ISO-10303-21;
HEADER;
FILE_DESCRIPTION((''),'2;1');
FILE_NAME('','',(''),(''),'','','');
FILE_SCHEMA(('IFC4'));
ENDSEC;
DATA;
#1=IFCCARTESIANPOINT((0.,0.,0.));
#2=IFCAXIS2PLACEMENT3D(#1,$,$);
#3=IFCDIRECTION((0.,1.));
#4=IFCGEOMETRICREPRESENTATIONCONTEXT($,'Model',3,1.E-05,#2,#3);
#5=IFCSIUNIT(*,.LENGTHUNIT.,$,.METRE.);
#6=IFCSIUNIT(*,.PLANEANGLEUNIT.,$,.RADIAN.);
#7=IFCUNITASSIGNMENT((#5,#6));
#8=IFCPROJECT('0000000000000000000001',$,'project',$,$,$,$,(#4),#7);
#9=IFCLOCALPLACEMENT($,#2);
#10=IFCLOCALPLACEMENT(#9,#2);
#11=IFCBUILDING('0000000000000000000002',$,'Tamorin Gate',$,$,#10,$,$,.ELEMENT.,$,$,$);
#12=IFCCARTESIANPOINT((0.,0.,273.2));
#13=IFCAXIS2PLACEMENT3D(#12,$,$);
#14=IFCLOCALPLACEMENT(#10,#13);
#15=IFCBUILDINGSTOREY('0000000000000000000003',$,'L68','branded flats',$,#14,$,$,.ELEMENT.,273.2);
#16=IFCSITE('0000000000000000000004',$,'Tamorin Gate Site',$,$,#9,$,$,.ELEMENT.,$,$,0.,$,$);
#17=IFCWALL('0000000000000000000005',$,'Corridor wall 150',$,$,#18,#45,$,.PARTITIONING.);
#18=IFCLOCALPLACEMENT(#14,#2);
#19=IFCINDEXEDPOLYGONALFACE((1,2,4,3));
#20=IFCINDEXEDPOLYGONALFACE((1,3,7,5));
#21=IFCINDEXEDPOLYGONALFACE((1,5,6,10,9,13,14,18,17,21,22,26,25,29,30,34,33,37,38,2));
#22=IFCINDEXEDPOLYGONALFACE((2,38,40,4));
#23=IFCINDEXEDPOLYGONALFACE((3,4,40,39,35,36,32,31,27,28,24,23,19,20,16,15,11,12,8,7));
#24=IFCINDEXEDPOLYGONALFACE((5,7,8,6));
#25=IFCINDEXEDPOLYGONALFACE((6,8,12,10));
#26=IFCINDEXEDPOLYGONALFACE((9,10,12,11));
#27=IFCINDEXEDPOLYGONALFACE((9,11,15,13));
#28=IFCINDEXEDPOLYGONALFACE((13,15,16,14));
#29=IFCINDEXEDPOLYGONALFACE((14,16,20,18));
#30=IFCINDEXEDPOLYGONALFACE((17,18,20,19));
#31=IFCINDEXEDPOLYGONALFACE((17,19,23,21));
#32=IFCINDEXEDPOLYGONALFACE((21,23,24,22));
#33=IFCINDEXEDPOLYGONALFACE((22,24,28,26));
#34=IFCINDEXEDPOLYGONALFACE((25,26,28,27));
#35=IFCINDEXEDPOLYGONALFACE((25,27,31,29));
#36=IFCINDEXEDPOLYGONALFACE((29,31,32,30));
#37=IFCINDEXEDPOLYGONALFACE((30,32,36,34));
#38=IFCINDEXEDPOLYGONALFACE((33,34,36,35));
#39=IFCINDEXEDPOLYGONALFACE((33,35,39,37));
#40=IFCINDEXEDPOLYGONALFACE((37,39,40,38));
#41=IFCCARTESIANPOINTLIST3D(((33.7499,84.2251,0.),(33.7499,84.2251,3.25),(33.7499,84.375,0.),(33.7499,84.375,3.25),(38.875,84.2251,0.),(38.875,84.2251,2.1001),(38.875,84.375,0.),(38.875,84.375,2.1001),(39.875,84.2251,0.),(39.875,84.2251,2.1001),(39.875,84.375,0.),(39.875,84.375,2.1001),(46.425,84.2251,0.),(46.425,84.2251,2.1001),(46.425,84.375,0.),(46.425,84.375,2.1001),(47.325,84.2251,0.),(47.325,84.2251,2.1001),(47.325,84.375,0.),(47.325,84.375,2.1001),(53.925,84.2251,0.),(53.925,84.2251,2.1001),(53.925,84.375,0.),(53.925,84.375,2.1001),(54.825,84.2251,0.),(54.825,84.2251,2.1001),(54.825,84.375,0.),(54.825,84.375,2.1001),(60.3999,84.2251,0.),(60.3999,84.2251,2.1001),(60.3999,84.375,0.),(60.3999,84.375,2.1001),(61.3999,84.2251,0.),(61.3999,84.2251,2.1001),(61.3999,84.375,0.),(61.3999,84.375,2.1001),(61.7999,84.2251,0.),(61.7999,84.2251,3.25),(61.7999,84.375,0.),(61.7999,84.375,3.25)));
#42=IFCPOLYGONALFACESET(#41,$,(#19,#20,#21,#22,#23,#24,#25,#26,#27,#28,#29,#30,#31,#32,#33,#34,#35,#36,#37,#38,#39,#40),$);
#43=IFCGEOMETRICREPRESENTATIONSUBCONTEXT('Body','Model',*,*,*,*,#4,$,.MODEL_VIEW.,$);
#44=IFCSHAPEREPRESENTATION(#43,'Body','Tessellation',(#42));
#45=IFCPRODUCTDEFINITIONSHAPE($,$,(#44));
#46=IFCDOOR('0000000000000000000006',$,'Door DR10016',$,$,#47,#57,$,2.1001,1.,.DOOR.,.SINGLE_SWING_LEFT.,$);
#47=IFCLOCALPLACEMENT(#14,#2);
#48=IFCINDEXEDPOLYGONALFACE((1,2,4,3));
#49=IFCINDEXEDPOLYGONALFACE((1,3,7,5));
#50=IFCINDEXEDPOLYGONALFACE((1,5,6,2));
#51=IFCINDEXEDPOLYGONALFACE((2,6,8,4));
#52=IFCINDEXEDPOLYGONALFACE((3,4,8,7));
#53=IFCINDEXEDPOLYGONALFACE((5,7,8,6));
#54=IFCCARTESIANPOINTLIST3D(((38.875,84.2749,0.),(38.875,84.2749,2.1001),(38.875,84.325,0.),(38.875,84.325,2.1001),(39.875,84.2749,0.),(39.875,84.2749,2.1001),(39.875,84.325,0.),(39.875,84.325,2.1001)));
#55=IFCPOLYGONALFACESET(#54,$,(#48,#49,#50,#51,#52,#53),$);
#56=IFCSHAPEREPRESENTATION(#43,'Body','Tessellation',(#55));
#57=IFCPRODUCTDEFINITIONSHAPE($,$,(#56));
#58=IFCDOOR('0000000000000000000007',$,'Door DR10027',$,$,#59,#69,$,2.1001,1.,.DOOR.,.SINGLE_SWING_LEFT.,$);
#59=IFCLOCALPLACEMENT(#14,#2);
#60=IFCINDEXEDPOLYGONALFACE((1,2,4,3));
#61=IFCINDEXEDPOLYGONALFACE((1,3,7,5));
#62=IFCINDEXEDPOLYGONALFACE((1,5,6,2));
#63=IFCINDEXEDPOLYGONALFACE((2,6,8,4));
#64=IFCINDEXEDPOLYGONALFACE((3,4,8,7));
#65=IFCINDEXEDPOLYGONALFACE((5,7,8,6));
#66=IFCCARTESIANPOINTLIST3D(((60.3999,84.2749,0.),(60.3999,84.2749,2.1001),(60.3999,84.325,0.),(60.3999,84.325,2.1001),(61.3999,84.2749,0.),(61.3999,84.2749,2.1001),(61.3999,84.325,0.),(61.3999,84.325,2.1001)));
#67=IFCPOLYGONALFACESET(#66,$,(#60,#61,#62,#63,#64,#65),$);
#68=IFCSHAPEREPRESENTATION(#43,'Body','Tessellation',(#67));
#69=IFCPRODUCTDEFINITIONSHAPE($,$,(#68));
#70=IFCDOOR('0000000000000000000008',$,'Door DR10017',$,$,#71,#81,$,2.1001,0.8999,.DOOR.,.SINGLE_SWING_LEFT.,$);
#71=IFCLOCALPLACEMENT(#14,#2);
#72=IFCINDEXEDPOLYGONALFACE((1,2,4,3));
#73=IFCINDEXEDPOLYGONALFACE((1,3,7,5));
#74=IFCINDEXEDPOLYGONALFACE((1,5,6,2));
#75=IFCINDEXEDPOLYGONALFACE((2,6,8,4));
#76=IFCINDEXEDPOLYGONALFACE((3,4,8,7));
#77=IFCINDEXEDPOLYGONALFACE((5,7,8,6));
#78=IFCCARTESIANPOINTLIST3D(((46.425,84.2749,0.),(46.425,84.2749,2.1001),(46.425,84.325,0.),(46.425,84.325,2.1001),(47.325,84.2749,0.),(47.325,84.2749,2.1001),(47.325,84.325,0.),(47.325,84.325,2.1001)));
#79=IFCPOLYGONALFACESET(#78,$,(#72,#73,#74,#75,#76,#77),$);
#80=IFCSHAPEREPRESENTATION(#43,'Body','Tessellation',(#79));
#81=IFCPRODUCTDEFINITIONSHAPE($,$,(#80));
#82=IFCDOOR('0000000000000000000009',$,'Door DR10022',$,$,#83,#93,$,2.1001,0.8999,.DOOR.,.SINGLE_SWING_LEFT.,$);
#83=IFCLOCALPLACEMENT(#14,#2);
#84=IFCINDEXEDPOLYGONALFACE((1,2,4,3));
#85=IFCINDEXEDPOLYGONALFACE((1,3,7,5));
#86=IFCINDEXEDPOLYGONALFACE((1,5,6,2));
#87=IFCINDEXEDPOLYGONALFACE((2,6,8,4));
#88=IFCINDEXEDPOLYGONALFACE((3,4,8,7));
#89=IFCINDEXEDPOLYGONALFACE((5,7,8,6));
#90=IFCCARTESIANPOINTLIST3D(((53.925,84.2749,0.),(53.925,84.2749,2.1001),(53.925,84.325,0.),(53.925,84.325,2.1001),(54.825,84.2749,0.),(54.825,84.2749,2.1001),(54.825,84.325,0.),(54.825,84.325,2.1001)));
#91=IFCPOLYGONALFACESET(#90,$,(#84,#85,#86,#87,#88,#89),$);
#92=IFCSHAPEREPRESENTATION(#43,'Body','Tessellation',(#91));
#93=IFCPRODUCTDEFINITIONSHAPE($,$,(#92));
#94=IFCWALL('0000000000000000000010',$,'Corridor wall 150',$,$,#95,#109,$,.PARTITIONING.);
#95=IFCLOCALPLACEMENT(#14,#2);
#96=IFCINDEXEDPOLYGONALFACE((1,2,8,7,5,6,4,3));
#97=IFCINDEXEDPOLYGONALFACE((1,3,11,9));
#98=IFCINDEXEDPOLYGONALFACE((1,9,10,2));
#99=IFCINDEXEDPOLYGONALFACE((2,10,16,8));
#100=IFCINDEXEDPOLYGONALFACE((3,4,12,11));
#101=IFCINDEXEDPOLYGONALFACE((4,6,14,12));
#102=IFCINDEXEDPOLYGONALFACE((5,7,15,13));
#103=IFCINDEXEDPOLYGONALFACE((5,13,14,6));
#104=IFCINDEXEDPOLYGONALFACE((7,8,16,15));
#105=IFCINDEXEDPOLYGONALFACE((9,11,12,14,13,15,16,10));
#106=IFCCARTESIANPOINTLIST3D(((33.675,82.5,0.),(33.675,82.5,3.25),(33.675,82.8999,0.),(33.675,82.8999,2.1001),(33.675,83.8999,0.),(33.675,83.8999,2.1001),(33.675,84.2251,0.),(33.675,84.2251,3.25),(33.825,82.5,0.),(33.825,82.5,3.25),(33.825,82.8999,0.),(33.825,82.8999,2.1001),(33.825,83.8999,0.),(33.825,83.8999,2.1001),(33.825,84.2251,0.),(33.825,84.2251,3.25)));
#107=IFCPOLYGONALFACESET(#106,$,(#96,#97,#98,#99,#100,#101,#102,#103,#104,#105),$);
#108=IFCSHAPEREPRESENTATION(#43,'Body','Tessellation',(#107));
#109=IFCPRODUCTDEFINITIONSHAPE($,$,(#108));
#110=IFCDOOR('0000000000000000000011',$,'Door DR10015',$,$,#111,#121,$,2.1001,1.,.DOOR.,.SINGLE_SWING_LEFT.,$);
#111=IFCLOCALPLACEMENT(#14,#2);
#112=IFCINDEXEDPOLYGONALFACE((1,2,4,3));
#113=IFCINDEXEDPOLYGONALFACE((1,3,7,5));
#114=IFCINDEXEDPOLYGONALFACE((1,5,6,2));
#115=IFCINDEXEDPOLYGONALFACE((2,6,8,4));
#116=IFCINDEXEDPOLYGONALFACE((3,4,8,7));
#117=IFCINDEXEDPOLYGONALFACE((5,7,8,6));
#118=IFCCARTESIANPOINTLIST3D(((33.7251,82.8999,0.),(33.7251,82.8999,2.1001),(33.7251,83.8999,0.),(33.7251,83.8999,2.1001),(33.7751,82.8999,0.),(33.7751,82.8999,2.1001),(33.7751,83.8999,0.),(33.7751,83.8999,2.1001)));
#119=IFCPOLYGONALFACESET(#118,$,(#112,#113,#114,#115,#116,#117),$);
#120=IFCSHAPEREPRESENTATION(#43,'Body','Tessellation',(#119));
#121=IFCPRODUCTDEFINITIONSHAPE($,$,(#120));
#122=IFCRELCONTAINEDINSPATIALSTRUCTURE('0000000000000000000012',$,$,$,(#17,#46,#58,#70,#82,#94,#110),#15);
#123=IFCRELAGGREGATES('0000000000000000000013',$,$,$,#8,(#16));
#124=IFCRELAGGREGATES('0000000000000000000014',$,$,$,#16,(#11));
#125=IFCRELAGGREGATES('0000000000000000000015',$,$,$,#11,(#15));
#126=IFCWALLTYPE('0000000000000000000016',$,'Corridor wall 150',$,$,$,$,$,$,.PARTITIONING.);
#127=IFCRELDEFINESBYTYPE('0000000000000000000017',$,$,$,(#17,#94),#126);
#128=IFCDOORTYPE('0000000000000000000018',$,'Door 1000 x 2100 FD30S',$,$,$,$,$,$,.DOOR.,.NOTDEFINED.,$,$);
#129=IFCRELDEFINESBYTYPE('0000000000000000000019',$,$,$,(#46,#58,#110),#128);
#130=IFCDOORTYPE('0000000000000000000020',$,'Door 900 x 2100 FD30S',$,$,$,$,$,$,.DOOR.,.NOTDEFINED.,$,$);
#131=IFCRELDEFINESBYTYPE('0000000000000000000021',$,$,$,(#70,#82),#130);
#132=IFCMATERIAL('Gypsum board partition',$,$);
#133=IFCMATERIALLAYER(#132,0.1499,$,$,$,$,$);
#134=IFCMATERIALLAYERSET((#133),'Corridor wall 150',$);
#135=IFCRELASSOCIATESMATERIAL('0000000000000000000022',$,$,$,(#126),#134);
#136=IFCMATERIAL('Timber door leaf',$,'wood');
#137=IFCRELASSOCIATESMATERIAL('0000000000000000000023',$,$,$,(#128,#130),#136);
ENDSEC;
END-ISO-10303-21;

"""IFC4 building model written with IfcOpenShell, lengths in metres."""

from ifc_helpers import new_model, si_unit, direction, frame, frame_2d, origin, place, context, subcontext, project, spatial, rectangle, extrude, material, layer, layer_set, type_object, element, fill, save


model = new_model("IFC4")

# Units and contexts
model_context = context("Model", 3, precision=1e-05, world=origin(), true_north=direction((0.0, 1.0)))
body_context = subcontext(model_context, "Body", "Model", "MODEL_VIEW")
ifc_project = project(units=[si_unit("LENGTHUNIT", "METRE"), si_unit("PLANEANGLEUNIT", "RADIAN")], contexts=[model_context])

# Site, building, storey
site_placement = place(None, origin())
site = spatial("IfcSite", under=ifc_project, at=site_placement, Name="Tamorin Gate Site", CompositionType="ELEMENT", RefElevation=0.0)
building_placement = place(site_placement, origin())
building = spatial("IfcBuilding", under=site, at=building_placement, Name="Tamorin Gate", CompositionType="ELEMENT")
storey_placement = place(building_placement, frame((0.0, 0.0, 273.2)))
storey = spatial("IfcBuildingStorey", under=building, at=storey_placement, Name="L68", Description="branded flats", CompositionType="ELEMENT", Elevation=273.2)

# Wall, openings, doors
ifc_material_1 = material(Name="Gypsum board partition")
ifc_layer_1 = layer(ifc_material_1, 0.1499)
ifc_layer_set_1 = layer_set([ifc_layer_1], Name="Corridor wall 150")
wall_type_1 = type_object("IfcWallType", Name="Corridor wall 150", PredefinedType="PARTITIONING", material=ifc_layer_set_1)
wall_1_placement = place(storey_placement, frame((33.75, 84.3, 0.0), z_axis=(0.0, 0.0, 1.0), x_axis=(1.0, 0.0, 0.0)))
wall_1 = element("IfcWall", 1, at=wall_1_placement, inside=storey, type_object=wall_type_1, Name="Corridor wall 150", PredefinedType="PARTITIONING", context=body_context, shape_type="SweptSolid", body=[
    extrude(rectangle(XDim=28.05, YDim=0.1499, at=frame_2d((14.0249, 0.0))), origin(), (0.0, 0.0, 1.0), 3.25),
])
opening_1_placement = place(wall_1_placement, frame((5.125, 0.0, 0.0)))
opening_1 = element("IfcOpeningElement", 2, at=opening_1_placement, cuts=wall_1, PredefinedType="OPENING", context=body_context, shape_type="SweptSolid", body=[
    extrude(rectangle(XDim=1.0, YDim=2.1001, at=frame_2d((0.5, 1.05))), frame((0.0, 0.085, 0.0), z_axis=(0.0, -1.0, 0.0), x_axis=(1.0, 0.0, 0.0)), (0.0, 0.0, 1.0), 0.1699),
])
opening_2_placement = place(wall_1_placement, frame((12.675, 0.0, 0.0)))
opening_2 = element("IfcOpeningElement", 3, at=opening_2_placement, cuts=wall_1, PredefinedType="OPENING", context=body_context, shape_type="SweptSolid", body=[
    extrude(rectangle(XDim=0.8999, YDim=2.1001, at=frame_2d((0.45, 1.05))), frame((0.0, 0.085, 0.0), z_axis=(0.0, -1.0, 0.0), x_axis=(1.0, 0.0, 0.0)), (0.0, 0.0, 1.0), 0.1699),
])
opening_3_placement = place(wall_1_placement, frame((20.175, 0.0, 0.0)))
opening_3 = element("IfcOpeningElement", 4, at=opening_3_placement, cuts=wall_1, PredefinedType="OPENING", context=body_context, shape_type="SweptSolid", body=[
    extrude(rectangle(XDim=0.8999, YDim=2.1001, at=frame_2d((0.45, 1.05))), frame((0.0, 0.085, 0.0), z_axis=(0.0, -1.0, 0.0), x_axis=(1.0, 0.0, 0.0)), (0.0, 0.0, 1.0), 0.1699),
])
opening_4_placement = place(wall_1_placement, frame((26.6499, 0.0, 0.0)))
opening_4 = element("IfcOpeningElement", 5, at=opening_4_placement, cuts=wall_1, PredefinedType="OPENING", context=body_context, shape_type="SweptSolid", body=[
    extrude(rectangle(XDim=1.0, YDim=2.1001, at=frame_2d((0.5, 1.05))), frame((0.0, 0.085, 0.0), z_axis=(0.0, -1.0, 0.0), x_axis=(1.0, 0.0, 0.0)), (0.0, 0.0, 1.0), 0.1699),
])
ifc_material_2 = material(Name="Timber door leaf", Category="wood")
door_type_1 = type_object("IfcDoorType", Name="Door 1000 x 2100 FD30S", OperationType="NOTDEFINED", PredefinedType="DOOR", material=ifc_material_2)
door_1_placement = place(opening_1_placement, origin())
door_1 = element("IfcDoor", 6, at=door_1_placement, inside=storey, type_object=door_type_1, Name="Door DR10016", OperationType="SINGLE_SWING_LEFT", OverallHeight=2.1001, OverallWidth=1.0, PredefinedType="DOOR", context=body_context, shape_type="SweptSolid", body=[
    extrude(rectangle(XDim=1.0, YDim=2.1001, at=frame_2d((0.5, 1.05))), frame((0.0, 0.0249, 0.0), z_axis=(0.0, -1.0, 0.0), x_axis=(1.0, 0.0, 0.0)), (0.0, 0.0, 1.0), 0.05),
])
fill(opening_1, door_1)
door_2_placement = place(opening_4_placement, origin())
door_2 = element("IfcDoor", 7, at=door_2_placement, inside=storey, type_object=door_type_1, Name="Door DR10027", OperationType="SINGLE_SWING_LEFT", OverallHeight=2.1001, OverallWidth=1.0, PredefinedType="DOOR", context=body_context, shape_type="SweptSolid", body=[
    extrude(rectangle(XDim=1.0, YDim=2.1001, at=frame_2d((0.5, 1.05))), frame((0.0, 0.0249, 0.0), z_axis=(0.0, -1.0, 0.0), x_axis=(1.0, 0.0, 0.0)), (0.0, 0.0, 1.0), 0.05),
])
fill(opening_4, door_2)
door_type_2 = type_object("IfcDoorType", Name="Door 900 x 2100 FD30S", OperationType="NOTDEFINED", PredefinedType="DOOR", material=ifc_material_2)
door_3_placement = place(opening_2_placement, origin())
door_3 = element("IfcDoor", 8, at=door_3_placement, inside=storey, type_object=door_type_2, Name="Door DR10017", OperationType="SINGLE_SWING_LEFT", OverallHeight=2.1001, OverallWidth=0.8999, PredefinedType="DOOR", context=body_context, shape_type="SweptSolid", body=[
    extrude(rectangle(XDim=0.8999, YDim=2.1001, at=frame_2d((0.45, 1.05))), frame((0.0, 0.0249, 0.0), z_axis=(0.0, -1.0, 0.0), x_axis=(1.0, 0.0, 0.0)), (0.0, 0.0, 1.0), 0.05),
])
fill(opening_2, door_3)
door_4_placement = place(opening_3_placement, origin())
door_4 = element("IfcDoor", 9, at=door_4_placement, inside=storey, type_object=door_type_2, Name="Door DR10022", OperationType="SINGLE_SWING_LEFT", OverallHeight=2.1001, OverallWidth=0.8999, PredefinedType="DOOR", context=body_context, shape_type="SweptSolid", body=[
    extrude(rectangle(XDim=0.8999, YDim=2.1001, at=frame_2d((0.45, 1.05))), frame((0.0, 0.0249, 0.0), z_axis=(0.0, -1.0, 0.0), x_axis=(1.0, 0.0, 0.0)), (0.0, 0.0, 1.0), 0.05),
])
fill(opening_3, door_4)

# Wall, opening, door
wall_2_placement = place(storey_placement, frame((33.75, 82.5, 0.0), z_axis=(0.0, 0.0, 1.0), x_axis=(0.0, 1.0, 0.0)))
wall_2 = element("IfcWall", 10, at=wall_2_placement, inside=storey, type_object=wall_type_1, Name="Corridor wall 150", PredefinedType="PARTITIONING", context=body_context, shape_type="SweptSolid", body=[
    extrude(rectangle(XDim=1.7251, YDim=0.1499, at=frame_2d((0.8625, 0.0))), origin(), (0.0, 0.0, 1.0), 3.25),
])
opening_5_placement = place(wall_2_placement, frame((0.3999, 0.0, 0.0)))
opening_5 = element("IfcOpeningElement", 11, at=opening_5_placement, cuts=wall_2, PredefinedType="OPENING", context=body_context, shape_type="SweptSolid", body=[
    extrude(rectangle(XDim=1.0, YDim=2.1001, at=frame_2d((0.5, 1.05))), frame((0.0, 0.085, 0.0), z_axis=(0.0, -1.0, 0.0), x_axis=(1.0, 0.0, 0.0)), (0.0, 0.0, 1.0), 0.1699),
])
door_5_placement = place(opening_5_placement, origin())
door_5 = element("IfcDoor", 12, at=door_5_placement, inside=storey, type_object=door_type_1, Name="Door DR10015", OperationType="SINGLE_SWING_LEFT", OverallHeight=2.1001, OverallWidth=1.0, PredefinedType="DOOR", context=body_context, shape_type="SweptSolid", body=[
    extrude(rectangle(XDim=1.0, YDim=2.1001, at=frame_2d((0.5, 1.05))), frame((0.0, 0.0249, 0.0), z_axis=(0.0, -1.0, 0.0), x_axis=(1.0, 0.0, 0.0)), (0.0, 0.0, 1.0), 0.05),
])
fill(opening_5, door_5)

save(model, "model.ifc")
